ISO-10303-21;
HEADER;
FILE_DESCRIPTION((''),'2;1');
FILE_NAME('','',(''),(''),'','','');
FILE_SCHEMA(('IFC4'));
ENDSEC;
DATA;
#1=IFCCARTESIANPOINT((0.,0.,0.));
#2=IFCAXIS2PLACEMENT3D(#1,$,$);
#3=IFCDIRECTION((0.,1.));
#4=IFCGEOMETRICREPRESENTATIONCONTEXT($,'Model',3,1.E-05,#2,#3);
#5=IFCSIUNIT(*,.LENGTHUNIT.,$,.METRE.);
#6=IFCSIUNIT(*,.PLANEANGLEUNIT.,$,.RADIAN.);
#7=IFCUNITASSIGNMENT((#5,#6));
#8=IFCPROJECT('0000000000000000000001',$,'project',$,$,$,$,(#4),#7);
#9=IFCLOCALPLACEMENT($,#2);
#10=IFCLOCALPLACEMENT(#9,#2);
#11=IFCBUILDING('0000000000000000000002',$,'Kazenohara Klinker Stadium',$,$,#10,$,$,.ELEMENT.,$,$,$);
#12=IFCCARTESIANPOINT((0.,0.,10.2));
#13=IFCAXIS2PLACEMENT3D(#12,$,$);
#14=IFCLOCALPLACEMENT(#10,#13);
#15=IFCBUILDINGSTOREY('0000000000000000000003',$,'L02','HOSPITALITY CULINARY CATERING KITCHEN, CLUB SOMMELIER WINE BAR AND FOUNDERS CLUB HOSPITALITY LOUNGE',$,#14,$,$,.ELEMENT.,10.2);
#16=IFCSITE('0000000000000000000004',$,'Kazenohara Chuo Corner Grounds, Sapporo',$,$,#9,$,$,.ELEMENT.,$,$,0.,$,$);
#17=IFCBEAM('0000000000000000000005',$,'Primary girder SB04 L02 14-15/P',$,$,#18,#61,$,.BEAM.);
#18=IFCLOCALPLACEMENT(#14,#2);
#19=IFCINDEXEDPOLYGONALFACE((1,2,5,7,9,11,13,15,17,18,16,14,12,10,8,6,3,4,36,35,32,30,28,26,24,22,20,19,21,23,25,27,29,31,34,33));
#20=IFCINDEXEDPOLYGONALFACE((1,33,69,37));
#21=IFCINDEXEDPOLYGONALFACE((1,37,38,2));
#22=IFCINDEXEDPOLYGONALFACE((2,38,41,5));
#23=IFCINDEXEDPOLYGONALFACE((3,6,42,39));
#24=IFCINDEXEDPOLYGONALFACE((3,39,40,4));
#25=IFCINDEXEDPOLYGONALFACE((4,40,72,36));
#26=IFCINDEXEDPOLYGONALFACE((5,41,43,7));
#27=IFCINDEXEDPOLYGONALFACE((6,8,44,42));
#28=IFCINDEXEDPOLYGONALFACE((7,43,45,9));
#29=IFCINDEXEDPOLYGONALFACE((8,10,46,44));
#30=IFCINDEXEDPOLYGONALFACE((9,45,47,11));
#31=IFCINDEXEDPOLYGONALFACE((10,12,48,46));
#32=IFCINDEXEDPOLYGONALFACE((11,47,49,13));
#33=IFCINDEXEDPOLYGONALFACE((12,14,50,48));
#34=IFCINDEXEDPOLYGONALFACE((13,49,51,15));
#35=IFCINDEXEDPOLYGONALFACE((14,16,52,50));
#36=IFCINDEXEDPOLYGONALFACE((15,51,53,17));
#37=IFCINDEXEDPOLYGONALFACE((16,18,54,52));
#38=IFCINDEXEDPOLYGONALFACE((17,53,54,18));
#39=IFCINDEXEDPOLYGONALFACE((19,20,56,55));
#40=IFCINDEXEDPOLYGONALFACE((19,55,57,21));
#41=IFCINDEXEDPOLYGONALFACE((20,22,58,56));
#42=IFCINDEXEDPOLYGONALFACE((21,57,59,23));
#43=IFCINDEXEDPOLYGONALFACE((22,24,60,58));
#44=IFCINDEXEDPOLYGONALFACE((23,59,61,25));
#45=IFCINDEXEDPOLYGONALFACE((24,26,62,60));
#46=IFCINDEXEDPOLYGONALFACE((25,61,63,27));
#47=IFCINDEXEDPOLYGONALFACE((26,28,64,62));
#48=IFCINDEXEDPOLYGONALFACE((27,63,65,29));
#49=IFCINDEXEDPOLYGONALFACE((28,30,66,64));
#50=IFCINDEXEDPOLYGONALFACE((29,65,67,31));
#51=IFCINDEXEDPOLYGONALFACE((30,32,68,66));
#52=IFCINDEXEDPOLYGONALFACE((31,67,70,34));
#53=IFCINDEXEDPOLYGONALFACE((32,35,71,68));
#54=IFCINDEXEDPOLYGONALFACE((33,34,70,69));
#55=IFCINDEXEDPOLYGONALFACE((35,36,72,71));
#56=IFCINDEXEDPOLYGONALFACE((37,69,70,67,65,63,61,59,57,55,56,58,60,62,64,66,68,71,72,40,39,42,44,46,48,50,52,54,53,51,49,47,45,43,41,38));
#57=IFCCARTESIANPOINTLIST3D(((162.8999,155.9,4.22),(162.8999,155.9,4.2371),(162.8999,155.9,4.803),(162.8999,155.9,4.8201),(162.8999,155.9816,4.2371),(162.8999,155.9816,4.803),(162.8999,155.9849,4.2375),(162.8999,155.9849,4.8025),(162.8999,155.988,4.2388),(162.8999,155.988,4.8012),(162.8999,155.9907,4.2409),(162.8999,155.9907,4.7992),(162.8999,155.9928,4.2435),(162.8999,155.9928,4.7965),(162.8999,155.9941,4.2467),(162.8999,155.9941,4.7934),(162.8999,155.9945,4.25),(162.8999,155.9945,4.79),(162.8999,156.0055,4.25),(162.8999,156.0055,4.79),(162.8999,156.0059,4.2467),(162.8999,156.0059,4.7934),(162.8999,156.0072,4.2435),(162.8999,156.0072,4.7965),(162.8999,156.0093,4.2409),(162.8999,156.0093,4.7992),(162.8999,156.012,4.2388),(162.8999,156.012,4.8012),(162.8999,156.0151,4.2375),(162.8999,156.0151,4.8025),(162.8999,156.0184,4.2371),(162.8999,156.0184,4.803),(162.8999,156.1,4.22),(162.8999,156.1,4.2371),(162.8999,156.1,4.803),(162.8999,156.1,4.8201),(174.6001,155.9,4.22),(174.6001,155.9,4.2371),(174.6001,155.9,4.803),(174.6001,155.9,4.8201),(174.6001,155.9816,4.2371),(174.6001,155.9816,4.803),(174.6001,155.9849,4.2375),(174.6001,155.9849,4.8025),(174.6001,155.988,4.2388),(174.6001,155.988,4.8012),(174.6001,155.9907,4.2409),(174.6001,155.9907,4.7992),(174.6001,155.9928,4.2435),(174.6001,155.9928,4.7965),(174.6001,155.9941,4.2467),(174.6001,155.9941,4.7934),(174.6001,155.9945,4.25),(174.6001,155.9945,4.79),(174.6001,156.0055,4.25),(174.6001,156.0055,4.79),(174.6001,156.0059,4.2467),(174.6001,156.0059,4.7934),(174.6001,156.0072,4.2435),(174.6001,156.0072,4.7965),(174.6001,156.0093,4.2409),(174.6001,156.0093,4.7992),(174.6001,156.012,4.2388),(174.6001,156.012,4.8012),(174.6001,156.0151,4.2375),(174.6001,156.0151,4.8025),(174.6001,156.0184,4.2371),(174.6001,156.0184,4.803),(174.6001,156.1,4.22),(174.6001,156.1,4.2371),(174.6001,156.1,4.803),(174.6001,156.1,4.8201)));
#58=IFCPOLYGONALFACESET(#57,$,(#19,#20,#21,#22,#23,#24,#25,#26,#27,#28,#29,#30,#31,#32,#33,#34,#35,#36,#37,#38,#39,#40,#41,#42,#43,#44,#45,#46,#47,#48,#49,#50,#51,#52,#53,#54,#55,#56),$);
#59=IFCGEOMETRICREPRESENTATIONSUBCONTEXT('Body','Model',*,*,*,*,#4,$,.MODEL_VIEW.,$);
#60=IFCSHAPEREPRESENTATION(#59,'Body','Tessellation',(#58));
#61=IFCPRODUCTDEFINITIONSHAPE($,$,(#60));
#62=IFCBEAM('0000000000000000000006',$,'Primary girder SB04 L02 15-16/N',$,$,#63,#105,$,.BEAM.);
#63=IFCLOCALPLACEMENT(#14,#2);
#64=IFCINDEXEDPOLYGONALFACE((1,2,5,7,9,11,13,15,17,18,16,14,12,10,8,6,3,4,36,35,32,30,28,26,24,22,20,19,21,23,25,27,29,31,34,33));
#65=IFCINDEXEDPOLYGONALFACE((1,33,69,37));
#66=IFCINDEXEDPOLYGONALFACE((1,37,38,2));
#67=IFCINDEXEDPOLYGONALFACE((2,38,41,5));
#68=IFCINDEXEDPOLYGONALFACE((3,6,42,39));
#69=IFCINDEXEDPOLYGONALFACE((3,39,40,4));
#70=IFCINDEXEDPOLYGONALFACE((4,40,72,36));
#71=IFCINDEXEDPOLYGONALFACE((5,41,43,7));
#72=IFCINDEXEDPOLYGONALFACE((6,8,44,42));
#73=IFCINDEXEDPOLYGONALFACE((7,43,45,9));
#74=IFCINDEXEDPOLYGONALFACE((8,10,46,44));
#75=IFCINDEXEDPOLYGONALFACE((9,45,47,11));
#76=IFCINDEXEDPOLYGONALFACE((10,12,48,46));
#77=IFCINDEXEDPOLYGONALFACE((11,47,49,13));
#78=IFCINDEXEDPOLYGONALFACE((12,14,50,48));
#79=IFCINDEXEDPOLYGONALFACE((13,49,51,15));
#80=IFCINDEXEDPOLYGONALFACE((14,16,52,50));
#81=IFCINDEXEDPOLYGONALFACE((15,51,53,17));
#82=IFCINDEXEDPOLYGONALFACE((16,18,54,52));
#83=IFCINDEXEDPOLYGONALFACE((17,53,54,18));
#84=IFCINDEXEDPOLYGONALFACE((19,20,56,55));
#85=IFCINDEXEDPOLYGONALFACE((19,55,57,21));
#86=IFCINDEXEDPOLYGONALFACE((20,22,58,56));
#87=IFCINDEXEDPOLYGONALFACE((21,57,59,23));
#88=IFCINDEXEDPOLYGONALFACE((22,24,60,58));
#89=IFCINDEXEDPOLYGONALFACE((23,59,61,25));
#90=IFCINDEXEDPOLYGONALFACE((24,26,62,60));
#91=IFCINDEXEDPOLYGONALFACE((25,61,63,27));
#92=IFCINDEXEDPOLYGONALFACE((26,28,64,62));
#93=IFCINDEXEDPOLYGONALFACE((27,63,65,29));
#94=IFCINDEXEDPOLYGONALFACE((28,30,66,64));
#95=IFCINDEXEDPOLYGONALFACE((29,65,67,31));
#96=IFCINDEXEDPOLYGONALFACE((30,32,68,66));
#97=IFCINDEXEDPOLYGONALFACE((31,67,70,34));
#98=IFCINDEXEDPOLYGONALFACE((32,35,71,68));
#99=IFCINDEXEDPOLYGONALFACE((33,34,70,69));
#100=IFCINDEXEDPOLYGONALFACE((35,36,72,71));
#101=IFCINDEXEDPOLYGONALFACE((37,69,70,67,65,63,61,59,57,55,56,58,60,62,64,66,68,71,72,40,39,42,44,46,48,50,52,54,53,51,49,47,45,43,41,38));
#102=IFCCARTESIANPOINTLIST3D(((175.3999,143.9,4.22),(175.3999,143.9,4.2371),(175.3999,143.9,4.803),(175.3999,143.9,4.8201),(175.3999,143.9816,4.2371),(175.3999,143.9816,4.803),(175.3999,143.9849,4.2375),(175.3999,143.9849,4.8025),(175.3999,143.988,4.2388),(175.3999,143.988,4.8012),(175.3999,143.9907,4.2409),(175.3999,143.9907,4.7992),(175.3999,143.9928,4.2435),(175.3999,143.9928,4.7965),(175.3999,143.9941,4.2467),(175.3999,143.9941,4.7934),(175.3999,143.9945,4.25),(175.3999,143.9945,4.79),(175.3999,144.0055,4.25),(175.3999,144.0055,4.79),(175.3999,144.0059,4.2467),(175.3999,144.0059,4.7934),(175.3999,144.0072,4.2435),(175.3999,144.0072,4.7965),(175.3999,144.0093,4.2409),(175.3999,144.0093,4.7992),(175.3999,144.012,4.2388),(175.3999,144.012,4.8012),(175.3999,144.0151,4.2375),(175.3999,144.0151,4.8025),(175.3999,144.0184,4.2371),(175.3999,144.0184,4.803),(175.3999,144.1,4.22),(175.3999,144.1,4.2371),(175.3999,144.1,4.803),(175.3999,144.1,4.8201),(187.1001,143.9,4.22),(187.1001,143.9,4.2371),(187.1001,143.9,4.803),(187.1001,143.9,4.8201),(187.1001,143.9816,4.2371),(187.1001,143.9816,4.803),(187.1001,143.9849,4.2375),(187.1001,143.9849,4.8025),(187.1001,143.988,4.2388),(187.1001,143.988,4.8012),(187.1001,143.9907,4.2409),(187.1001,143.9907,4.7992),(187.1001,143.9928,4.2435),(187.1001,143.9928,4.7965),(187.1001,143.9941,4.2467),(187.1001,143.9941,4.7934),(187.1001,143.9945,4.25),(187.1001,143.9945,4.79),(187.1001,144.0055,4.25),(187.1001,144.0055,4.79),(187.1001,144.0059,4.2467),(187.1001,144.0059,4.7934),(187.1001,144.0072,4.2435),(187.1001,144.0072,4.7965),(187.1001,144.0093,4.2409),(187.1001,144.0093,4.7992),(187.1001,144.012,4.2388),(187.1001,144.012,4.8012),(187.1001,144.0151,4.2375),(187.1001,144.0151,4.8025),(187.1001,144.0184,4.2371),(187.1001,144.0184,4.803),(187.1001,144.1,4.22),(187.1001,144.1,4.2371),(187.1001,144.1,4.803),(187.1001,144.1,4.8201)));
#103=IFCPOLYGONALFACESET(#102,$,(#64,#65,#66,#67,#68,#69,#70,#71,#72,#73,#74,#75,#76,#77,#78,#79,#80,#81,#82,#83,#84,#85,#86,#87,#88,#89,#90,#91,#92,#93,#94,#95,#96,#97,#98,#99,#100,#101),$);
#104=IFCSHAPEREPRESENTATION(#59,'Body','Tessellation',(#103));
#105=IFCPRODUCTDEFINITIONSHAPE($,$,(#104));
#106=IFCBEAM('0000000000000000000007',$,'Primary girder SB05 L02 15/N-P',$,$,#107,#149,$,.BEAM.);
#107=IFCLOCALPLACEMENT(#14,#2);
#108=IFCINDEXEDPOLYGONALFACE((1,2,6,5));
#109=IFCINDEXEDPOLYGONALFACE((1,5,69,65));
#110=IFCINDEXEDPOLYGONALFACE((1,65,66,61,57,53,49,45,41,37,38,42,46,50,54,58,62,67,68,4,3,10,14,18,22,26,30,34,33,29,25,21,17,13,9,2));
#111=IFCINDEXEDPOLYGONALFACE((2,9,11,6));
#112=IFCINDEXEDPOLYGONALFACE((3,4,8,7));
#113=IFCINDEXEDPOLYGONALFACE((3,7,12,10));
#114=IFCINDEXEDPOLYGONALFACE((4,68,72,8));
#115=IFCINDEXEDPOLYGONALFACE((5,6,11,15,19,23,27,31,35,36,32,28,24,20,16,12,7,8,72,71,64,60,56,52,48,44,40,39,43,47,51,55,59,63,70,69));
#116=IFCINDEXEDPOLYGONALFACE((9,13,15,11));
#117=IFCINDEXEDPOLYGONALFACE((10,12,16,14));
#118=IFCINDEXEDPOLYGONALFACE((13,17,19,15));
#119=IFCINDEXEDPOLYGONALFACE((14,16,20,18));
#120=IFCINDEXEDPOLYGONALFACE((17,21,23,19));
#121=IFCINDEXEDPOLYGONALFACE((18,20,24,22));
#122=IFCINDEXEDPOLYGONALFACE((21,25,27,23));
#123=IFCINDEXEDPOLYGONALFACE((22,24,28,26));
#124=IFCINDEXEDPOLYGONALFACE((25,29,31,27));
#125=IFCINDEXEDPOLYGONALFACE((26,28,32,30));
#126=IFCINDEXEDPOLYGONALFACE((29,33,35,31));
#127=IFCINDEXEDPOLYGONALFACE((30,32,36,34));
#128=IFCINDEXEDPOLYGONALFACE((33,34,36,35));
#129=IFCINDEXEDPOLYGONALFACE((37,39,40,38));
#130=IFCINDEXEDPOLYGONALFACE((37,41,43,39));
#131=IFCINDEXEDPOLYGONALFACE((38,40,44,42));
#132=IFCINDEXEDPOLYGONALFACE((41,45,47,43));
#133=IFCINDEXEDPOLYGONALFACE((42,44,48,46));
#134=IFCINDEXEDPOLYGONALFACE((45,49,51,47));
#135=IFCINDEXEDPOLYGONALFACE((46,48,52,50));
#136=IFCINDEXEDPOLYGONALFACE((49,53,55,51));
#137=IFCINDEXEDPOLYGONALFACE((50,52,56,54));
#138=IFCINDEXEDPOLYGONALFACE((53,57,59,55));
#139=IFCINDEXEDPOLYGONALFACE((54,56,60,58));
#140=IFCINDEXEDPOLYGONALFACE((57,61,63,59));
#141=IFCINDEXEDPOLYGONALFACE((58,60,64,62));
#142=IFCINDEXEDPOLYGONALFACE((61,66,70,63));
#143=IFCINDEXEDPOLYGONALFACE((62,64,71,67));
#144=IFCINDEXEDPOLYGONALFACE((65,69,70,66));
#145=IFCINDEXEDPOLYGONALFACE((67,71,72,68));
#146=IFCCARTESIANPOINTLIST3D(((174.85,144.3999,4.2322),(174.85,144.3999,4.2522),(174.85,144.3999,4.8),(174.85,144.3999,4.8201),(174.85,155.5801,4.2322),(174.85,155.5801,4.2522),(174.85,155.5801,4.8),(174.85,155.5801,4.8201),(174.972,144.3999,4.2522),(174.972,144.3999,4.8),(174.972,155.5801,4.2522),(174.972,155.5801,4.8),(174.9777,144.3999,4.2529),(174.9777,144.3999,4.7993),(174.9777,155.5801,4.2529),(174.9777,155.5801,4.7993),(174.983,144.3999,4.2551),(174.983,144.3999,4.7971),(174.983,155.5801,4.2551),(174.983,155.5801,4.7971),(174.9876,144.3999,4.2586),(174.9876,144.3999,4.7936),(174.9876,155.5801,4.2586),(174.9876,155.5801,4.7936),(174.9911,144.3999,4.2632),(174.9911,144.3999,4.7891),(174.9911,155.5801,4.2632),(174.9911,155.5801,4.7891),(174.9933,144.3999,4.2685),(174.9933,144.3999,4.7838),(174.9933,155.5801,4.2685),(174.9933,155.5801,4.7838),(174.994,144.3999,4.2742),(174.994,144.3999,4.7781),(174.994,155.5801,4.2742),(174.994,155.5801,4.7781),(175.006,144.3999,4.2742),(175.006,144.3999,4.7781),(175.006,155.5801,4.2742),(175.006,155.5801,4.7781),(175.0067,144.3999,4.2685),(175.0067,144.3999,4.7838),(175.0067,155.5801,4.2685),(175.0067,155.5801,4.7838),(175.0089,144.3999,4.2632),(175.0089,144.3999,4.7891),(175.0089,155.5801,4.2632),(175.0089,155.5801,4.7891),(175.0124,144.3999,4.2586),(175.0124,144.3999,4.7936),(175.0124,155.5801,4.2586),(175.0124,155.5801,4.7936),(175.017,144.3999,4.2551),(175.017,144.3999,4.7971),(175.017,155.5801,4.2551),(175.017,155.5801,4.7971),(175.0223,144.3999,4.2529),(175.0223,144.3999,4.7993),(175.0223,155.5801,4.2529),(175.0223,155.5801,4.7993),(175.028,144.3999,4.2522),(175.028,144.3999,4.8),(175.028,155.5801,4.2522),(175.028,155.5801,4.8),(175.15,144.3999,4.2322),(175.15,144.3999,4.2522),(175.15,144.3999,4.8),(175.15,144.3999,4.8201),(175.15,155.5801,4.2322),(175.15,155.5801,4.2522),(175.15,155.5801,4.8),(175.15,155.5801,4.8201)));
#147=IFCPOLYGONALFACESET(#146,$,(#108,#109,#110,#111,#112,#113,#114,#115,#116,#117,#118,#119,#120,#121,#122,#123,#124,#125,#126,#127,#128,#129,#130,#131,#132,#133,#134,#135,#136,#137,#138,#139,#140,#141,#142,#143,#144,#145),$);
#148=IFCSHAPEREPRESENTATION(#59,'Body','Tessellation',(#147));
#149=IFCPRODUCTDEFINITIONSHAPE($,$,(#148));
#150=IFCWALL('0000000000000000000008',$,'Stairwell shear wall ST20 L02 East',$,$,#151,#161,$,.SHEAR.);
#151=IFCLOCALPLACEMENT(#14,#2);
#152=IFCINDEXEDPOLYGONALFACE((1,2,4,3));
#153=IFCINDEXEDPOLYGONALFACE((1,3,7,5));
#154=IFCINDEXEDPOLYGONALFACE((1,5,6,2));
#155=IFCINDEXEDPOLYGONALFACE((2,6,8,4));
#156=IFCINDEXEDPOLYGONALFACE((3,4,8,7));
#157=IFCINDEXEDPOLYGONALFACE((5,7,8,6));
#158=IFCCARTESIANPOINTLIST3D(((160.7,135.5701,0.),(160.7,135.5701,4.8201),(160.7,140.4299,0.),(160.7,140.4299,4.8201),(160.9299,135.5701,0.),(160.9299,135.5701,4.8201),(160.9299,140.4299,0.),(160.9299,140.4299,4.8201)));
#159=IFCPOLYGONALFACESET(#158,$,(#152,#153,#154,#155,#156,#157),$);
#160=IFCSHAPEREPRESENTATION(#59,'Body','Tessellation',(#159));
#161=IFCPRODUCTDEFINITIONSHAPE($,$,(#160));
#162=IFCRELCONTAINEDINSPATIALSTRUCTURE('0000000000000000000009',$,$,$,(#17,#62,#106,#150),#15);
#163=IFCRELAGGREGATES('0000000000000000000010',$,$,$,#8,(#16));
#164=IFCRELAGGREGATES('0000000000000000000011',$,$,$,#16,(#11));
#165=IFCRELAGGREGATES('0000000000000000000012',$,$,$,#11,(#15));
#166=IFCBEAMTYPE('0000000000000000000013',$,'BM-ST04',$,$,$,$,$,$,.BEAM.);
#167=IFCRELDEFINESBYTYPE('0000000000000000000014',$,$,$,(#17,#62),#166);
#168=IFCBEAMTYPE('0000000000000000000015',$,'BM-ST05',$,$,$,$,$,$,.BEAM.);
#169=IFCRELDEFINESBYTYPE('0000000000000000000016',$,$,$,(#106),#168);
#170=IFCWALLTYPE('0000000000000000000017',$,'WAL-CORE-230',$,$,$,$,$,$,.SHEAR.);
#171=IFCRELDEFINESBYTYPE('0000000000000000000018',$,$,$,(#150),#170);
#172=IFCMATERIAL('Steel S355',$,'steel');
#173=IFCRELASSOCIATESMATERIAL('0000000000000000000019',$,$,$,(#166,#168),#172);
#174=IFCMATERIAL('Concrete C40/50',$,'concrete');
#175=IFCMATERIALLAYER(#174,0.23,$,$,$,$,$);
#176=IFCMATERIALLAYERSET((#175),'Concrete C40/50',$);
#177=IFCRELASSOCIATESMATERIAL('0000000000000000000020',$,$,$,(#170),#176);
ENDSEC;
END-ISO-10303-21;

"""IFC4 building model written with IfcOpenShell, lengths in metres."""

from ifc_helpers import new_model, si_unit, direction, frame, frame_2d, origin, origin_2d, place, context, subcontext, project, spatial, rectangle, i_section, extrude, material, layer, layer_set, material_profile, profile_set, type_object, element, save


model = new_model("IFC4")

# Units and contexts
model_context = context("Model", 3, precision=1e-05, world=origin(), true_north=direction((0.0, 1.0)))
body_context = subcontext(model_context, "Body", "Model", "MODEL_VIEW")
ifc_project = project(units=[si_unit("LENGTHUNIT", "METRE"), si_unit("PLANEANGLEUNIT", "RADIAN")], contexts=[model_context])

# Site, building, storey
site_placement = place(None, origin())
site = spatial("IfcSite", under=ifc_project, at=site_placement, Name="Kazenohara Chuo Corner Grounds, Sapporo", CompositionType="ELEMENT", RefElevation=0.0)
building_placement = place(site_placement, origin())
building = spatial("IfcBuilding", under=site, at=building_placement, Name="Kazenohara Klinker Stadium", CompositionType="ELEMENT")
storey_placement = place(building_placement, frame((0.0, 0.0, 10.2)))
storey = spatial("IfcBuildingStorey", under=building, at=storey_placement, Name="L02", Description="HOSPITALITY CULINARY CATERING KITCHEN, CLUB SOMMELIER WINE BAR AND FOUNDERS CLUB HOSPITALITY LOUNGE", CompositionType="ELEMENT", Elevation=10.2)

# Shared definitions
ifc_material_1 = material(Name="Concrete C40/50", Category="concrete")

# Beams
ifc_material_2 = material(Name="Steel S355", Category="steel")
ifc_material_profile_1 = material_profile(ifc_material_2, i_section(OverallWidth=0.2, OverallDepth=0.6001, WebThickness=0.011, FlangeThickness=0.0171, FilletRadius=0.0129, at=origin_2d()), Name="H-600x200x11x17")
ifc_profile_set_1 = profile_set([ifc_material_profile_1], Name="Steel S355")
beam_type_1 = type_object("IfcBeamType", Name="BM-ST04", PredefinedType="BEAM", material=ifc_profile_set_1)
for number, where, z_axis, x_axis, name in (
    (1, (162.8999, 156.0, 4.52), (1.0, 0.0, 0.0), (0.0, 1.0, 0.0), "Primary girder SB04 L02 14-15/P"),
    (2, (175.3999, 144.0, 4.52), (1.0, 0.0, 0.0), (0.0, 1.0, 0.0), "Primary girder SB04 L02 15-16/N"),
):
    element("IfcBeam", number, at=place(storey_placement, frame(where, z_axis=z_axis, x_axis=x_axis)), inside=storey, type_object=beam_type_1, Name=name, PredefinedType="BEAM", context=body_context, shape_type="SweptSolid", body=[
        extrude(i_section(OverallWidth=0.2, OverallDepth=0.6001, WebThickness=0.011, FlangeThickness=0.0171, FilletRadius=0.0129, at=origin_2d()), origin(), (0.0, 0.0, 1.0), 11.7002),
    ])
ifc_material_profile_2 = material_profile(ifc_material_2, i_section(OverallWidth=0.3, OverallDepth=0.5879, WebThickness=0.012, FlangeThickness=0.02, FilletRadius=0.022, at=origin_2d()), Name="H-588x300x12x20")
ifc_profile_set_2 = profile_set([ifc_material_profile_2], Name="Steel S355")
beam_type_2 = type_object("IfcBeamType", Name="BM-ST05", PredefinedType="BEAM", material=ifc_profile_set_2)
beam_1_placement = place(storey_placement, frame((175.0, 144.3999, 4.5261), z_axis=(0.0, 1.0, 0.0), x_axis=(-1.0, 0.0, 0.0)))
element("IfcBeam", 3, at=beam_1_placement, inside=storey, type_object=beam_type_2, Name="Primary girder SB05 L02 15/N-P", PredefinedType="BEAM", context=body_context, shape_type="SweptSolid", body=[
    extrude(i_section(OverallWidth=0.3, OverallDepth=0.5879, WebThickness=0.012, FlangeThickness=0.02, FilletRadius=0.022, at=origin_2d()), origin(), (0.0, 0.0, 1.0), 11.1802),
])

# Wall
ifc_layer_1 = layer(ifc_material_1, 0.23)
ifc_layer_set_1 = layer_set([ifc_layer_1], Name="Concrete C40/50")
wall_type_1 = type_object("IfcWallType", Name="WAL-CORE-230", PredefinedType="SHEAR", material=ifc_layer_set_1)
wall_1_placement = place(storey_placement, frame((160.8149, 135.5701, 0.0), z_axis=(0.0, 0.0, 1.0), x_axis=(0.0, 1.0, 0.0)))
element("IfcWall", 4, at=wall_1_placement, inside=storey, type_object=wall_type_1, Name="Stairwell shear wall ST20 L02 East", PredefinedType="SHEAR", context=body_context, shape_type="SweptSolid", body=[
    extrude(rectangle(XDim=4.8599, YDim=0.23, at=frame_2d((2.4299, 0.0))), origin(), (0.0, 0.0, 1.0), 4.8201),
])

save(model, "model.ifc")
